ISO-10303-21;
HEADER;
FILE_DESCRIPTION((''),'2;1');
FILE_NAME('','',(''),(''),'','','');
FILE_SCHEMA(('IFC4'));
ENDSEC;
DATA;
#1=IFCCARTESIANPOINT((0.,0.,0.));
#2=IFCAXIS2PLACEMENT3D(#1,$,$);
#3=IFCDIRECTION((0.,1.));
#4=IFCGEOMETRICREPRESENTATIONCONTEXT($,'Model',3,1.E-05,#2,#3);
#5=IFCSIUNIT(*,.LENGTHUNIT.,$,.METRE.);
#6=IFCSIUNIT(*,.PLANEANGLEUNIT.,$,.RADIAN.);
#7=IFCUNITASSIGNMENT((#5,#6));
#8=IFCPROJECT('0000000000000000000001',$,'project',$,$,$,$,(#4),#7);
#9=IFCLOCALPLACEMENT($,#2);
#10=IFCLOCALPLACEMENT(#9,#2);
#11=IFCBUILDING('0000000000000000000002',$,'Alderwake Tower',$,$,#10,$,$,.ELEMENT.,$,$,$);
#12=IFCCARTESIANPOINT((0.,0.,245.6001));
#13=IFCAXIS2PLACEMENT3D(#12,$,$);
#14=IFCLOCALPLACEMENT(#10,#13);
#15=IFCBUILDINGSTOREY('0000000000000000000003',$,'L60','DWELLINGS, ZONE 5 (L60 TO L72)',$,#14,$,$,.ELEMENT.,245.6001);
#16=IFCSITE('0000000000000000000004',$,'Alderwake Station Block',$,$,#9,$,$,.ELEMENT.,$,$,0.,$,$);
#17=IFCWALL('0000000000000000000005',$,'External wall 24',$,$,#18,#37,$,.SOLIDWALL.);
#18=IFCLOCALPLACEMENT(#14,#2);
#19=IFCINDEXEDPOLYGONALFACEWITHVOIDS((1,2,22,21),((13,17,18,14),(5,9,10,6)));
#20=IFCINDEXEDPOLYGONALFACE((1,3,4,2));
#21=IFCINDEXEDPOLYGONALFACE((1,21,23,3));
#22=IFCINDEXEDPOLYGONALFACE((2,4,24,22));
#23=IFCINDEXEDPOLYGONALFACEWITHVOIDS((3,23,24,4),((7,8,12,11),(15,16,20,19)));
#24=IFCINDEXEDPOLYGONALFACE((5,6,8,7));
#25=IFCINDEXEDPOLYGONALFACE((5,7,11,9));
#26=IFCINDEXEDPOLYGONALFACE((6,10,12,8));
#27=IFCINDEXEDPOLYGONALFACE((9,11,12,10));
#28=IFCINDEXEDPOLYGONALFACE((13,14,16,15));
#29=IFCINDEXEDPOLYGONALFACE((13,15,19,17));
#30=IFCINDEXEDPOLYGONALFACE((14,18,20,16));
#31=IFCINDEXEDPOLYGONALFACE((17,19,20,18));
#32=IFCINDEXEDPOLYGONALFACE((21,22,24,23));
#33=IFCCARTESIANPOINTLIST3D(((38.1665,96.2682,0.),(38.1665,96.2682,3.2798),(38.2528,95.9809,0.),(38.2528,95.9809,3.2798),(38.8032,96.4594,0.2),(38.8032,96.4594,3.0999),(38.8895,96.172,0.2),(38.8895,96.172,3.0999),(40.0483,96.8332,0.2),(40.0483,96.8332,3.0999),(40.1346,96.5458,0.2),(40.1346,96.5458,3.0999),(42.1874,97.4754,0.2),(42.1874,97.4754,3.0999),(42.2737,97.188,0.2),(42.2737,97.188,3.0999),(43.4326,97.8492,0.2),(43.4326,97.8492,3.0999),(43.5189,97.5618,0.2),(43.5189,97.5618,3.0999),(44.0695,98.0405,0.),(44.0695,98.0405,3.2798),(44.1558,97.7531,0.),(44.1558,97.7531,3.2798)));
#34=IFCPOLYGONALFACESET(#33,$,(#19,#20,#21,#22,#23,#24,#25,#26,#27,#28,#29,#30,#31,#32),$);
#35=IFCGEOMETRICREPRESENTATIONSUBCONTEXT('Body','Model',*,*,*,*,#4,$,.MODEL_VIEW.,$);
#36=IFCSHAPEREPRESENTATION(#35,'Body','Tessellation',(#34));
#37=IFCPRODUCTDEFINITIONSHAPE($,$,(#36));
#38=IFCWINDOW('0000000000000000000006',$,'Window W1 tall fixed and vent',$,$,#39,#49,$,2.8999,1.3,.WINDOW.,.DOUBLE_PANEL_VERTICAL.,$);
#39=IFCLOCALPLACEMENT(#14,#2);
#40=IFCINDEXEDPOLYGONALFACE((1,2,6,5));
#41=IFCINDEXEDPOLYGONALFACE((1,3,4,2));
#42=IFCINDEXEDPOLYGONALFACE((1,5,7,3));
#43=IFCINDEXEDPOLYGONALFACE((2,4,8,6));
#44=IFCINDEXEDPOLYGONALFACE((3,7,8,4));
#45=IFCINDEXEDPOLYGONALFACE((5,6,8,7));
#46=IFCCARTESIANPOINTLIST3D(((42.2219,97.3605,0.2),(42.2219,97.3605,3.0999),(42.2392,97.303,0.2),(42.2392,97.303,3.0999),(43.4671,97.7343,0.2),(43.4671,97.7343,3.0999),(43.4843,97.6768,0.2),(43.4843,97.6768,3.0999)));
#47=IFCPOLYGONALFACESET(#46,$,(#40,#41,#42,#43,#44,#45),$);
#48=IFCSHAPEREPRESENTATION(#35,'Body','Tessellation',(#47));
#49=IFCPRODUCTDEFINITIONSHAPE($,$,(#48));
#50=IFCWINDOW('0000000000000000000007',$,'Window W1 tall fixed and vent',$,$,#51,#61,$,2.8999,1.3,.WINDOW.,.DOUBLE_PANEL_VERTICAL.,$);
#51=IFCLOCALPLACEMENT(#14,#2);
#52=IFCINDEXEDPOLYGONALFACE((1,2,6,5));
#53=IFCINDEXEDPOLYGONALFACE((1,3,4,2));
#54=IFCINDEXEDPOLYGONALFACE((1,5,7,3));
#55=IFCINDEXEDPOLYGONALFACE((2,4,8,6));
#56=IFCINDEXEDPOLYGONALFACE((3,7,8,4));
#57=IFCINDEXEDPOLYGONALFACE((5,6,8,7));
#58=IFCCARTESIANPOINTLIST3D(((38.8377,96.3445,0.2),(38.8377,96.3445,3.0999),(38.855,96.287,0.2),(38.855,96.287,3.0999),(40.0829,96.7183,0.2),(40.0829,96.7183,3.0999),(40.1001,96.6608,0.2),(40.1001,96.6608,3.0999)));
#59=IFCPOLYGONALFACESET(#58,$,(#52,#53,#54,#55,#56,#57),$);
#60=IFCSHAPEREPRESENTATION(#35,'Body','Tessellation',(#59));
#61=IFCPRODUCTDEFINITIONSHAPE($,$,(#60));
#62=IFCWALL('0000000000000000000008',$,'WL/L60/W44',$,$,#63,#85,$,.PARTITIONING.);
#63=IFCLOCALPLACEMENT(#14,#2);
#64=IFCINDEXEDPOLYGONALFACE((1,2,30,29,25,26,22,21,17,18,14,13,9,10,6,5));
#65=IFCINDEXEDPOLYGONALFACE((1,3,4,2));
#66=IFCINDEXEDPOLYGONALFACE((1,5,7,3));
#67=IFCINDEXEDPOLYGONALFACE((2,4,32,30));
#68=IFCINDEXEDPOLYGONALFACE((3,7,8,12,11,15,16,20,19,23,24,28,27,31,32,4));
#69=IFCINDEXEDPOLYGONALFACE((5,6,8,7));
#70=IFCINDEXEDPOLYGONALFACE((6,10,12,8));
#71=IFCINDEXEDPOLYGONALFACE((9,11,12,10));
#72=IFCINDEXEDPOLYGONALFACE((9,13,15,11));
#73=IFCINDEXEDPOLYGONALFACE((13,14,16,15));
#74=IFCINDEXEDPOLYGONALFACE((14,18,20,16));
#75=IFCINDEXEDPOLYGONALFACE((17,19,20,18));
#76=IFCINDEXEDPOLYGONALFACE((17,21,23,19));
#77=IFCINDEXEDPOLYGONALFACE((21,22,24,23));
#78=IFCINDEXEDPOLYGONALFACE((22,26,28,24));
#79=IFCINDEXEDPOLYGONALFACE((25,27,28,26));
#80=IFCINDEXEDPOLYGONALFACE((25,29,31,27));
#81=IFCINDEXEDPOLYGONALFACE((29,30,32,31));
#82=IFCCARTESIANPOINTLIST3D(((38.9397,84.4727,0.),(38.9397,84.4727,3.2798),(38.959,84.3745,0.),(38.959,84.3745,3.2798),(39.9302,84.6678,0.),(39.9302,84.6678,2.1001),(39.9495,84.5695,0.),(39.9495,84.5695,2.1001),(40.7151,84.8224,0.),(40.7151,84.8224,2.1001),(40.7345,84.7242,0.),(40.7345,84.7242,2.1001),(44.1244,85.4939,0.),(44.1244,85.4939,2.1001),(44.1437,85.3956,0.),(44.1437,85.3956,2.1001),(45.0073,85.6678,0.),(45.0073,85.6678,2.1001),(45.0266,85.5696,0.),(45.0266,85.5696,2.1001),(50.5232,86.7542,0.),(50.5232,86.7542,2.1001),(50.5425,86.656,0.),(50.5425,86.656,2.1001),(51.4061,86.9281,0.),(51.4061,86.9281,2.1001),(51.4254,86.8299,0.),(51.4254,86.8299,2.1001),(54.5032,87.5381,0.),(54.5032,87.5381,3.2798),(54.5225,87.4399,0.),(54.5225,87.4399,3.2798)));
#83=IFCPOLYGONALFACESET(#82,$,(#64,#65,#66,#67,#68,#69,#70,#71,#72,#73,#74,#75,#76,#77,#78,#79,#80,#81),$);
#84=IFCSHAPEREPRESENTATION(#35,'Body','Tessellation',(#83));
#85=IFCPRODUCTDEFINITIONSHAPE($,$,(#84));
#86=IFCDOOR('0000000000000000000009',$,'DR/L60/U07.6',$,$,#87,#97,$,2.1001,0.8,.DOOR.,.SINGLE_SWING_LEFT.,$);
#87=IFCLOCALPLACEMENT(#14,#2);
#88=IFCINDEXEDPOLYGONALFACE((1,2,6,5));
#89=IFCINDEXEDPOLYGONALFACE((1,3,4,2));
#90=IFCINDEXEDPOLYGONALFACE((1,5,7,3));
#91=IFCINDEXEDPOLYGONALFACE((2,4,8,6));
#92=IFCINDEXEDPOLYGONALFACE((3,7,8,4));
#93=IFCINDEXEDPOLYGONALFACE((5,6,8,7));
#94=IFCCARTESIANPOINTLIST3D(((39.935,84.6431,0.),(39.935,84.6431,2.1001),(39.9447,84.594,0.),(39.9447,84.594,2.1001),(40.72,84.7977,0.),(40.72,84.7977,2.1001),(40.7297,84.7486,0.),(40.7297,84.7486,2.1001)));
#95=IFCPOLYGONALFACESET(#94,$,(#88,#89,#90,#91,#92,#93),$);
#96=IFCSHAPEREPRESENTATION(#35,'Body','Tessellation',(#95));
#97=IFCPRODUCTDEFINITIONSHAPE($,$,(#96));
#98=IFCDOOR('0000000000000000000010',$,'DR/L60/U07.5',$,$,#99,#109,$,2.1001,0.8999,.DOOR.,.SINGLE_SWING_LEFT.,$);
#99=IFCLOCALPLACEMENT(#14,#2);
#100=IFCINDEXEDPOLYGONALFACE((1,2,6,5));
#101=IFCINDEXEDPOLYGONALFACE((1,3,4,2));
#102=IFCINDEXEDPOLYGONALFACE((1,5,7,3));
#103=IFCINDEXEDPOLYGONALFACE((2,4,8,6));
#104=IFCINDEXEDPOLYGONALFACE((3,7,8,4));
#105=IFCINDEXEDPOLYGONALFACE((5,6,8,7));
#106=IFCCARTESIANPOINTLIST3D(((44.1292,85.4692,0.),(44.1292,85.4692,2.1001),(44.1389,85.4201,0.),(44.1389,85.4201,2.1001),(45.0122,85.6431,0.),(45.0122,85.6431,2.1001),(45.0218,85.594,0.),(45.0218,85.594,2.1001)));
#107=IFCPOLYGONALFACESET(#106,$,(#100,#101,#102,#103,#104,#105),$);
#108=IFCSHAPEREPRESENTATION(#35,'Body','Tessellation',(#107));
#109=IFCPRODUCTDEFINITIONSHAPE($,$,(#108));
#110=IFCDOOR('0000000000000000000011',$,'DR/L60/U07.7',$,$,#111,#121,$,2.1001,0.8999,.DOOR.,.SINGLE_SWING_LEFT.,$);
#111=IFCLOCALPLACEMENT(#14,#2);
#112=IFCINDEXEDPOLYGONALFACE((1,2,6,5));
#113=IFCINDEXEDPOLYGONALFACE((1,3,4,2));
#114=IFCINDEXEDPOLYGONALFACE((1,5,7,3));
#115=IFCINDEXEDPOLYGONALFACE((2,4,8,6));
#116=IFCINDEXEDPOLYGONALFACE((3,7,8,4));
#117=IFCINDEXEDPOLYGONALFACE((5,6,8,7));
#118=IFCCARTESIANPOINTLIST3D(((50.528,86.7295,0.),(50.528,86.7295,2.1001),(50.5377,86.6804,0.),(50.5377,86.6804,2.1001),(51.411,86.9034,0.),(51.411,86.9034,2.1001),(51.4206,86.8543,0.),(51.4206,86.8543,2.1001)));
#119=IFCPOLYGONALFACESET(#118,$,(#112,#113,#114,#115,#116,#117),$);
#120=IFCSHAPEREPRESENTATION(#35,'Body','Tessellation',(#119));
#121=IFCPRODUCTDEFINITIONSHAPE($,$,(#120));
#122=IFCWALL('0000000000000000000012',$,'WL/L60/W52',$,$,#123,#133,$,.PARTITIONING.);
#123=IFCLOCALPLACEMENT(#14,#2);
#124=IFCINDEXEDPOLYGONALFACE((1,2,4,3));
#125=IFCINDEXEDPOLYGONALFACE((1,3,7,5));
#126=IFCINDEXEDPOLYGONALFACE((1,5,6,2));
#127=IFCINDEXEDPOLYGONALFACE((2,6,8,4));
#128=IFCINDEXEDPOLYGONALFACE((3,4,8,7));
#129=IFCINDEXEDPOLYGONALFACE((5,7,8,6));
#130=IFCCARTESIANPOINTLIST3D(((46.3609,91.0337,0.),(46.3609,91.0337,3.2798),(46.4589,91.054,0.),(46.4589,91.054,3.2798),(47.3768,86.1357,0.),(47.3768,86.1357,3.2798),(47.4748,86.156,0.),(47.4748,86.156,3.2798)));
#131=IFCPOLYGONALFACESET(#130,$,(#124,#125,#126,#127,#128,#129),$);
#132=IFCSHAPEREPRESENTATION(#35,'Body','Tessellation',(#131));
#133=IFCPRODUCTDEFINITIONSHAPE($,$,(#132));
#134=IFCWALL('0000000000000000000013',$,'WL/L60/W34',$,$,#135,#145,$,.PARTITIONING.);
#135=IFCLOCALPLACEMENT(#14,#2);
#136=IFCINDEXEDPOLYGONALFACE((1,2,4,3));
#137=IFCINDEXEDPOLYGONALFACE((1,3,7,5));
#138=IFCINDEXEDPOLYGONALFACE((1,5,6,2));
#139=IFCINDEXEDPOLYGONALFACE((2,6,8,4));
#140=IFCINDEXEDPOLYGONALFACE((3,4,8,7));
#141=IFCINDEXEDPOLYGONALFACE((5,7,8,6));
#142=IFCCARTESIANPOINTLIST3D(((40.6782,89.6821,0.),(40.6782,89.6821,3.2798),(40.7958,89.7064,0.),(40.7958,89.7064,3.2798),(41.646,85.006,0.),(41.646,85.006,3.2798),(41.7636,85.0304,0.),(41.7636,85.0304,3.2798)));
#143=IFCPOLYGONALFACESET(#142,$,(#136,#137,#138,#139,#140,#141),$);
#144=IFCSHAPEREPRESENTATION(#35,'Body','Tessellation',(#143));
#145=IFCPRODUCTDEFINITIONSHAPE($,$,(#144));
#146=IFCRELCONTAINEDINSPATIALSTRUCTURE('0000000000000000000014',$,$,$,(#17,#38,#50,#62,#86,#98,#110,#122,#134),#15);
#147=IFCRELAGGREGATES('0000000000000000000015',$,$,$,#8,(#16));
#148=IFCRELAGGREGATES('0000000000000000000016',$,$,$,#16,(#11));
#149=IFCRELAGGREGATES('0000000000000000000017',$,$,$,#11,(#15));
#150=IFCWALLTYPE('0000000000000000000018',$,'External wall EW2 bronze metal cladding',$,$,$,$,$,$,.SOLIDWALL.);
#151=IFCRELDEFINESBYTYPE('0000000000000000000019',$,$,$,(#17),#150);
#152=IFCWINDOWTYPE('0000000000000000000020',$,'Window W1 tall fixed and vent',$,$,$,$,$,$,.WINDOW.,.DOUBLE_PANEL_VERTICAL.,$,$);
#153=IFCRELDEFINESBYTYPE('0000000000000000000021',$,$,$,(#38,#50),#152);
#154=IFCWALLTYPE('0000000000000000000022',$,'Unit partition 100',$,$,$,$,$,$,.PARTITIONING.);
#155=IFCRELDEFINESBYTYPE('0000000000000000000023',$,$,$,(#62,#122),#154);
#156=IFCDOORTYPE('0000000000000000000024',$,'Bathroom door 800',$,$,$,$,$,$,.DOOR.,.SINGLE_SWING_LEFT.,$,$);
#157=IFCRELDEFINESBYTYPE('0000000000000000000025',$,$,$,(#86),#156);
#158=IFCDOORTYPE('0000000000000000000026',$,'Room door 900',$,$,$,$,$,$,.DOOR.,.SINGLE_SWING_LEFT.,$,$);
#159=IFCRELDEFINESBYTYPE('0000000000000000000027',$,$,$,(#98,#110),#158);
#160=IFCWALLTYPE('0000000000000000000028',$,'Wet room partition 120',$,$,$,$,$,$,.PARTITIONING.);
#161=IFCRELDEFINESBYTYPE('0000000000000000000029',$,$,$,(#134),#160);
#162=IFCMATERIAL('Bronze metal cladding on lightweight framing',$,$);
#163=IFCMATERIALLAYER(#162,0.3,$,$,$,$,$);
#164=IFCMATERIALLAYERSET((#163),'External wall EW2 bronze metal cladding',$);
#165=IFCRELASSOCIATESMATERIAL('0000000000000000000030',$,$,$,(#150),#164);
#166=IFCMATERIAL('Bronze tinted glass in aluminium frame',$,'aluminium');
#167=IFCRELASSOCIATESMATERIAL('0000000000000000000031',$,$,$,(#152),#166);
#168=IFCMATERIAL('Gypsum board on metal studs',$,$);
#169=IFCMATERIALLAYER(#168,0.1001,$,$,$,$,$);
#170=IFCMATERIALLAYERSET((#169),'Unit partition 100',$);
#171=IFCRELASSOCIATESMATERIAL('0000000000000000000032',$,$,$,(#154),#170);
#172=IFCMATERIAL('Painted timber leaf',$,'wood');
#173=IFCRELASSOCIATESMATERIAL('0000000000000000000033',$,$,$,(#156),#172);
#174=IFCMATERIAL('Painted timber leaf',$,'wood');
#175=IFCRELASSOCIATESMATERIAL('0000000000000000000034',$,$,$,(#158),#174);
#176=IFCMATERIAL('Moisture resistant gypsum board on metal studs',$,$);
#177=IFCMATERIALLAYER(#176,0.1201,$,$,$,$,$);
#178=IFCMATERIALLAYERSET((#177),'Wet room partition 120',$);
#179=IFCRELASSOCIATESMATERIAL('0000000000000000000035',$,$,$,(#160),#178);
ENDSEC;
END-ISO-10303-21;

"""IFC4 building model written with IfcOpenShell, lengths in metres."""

from ifc_helpers import new_model, si_unit, direction, frame, frame_2d, origin, place, context, subcontext, project, spatial, rectangle, extrude, material, layer, layer_set, type_object, element, fill, save


model = new_model("IFC4")

# Units and contexts
model_context = context("Model", 3, precision=1e-05, world=origin(), true_north=direction((0.0, 1.0)))
body_context = subcontext(model_context, "Body", "Model", "MODEL_VIEW")
ifc_project = project(units=[si_unit("LENGTHUNIT", "METRE"), si_unit("PLANEANGLEUNIT", "RADIAN")], contexts=[model_context])

# Site, building, storey
site_placement = place(None, origin())
site = spatial("IfcSite", under=ifc_project, at=site_placement, Name="Alderwake Station Block", CompositionType="ELEMENT", RefElevation=0.0)
building_placement = place(site_placement, origin())
building = spatial("IfcBuilding", under=site, at=building_placement, Name="Alderwake Tower", CompositionType="ELEMENT")
storey_placement = place(building_placement, frame((0.0, 0.0, 245.6001)))
storey = spatial("IfcBuildingStorey", under=building, at=storey_placement, Name="L60", Description="DWELLINGS, ZONE 5 (L60 TO L72)", CompositionType="ELEMENT", Elevation=245.6001)

# Shared definitions
ifc_material_1 = material(Name="Bronze metal cladding on lightweight framing")
ifc_layer_1 = layer(ifc_material_1, 0.3)
ifc_layer_set_1 = layer_set([ifc_layer_1], Name="External wall EW2 bronze metal cladding")
wall_type_1 = type_object("IfcWallType", Name="External wall EW2 bronze metal cladding", PredefinedType="SOLIDWALL", material=ifc_layer_set_1)
ifc_material_2 = material(Name="Bronze tinted glass in aluminium frame", Category="aluminium")
window_type = type_object("IfcWindowType", Name="Window W1 tall fixed and vent", PartitioningType="DOUBLE_PANEL_VERTICAL", PredefinedType="WINDOW", material=ifc_material_2)

# Wall, openings, windows
wall_1_placement = place(storey_placement, frame((44.1125, 97.8967, 0.0), z_axis=(0.0, 0.0, 1.0), x_axis=(-0.957768, -0.28754, 0.0)))
wall_1 = element("IfcWall", 1, at=wall_1_placement, inside=storey, type_object=wall_type_1, Name="External wall 24", PredefinedType="SOLIDWALL", context=body_context, shape_type="SweptSolid", body=[
    extrude(rectangle(XDim=6.1633, YDim=0.3, at=frame_2d((3.0815, 0.0))), origin(), (0.0, 0.0, 1.0), 3.2798),
])
opening_1_placement = place(wall_1_placement, frame((0.665, 0.0, 0.2)))
opening_1 = element("IfcOpeningElement", 2, at=opening_1_placement, cuts=wall_1, PredefinedType="OPENING", context=body_context, shape_type="SweptSolid", body=[
    extrude(rectangle(XDim=1.3, YDim=2.8999, at=frame_2d((0.6499, 1.45))), frame((0.0, 0.1599, 0.0), z_axis=(0.0, -1.0, 0.0), x_axis=(1.0, 0.0, 0.0)), (0.0, 0.0, 1.0), 0.3201),
])
opening_2_placement = place(wall_1_placement, frame((4.1985, 0.0, 0.2)))
opening_2 = element("IfcOpeningElement", 3, at=opening_2_placement, cuts=wall_1, PredefinedType="OPENING", context=body_context, shape_type="SweptSolid", body=[
    extrude(rectangle(XDim=1.3, YDim=2.8999, at=frame_2d((0.6499, 1.45))), frame((0.0, 0.1599, 0.0), z_axis=(0.0, -1.0, 0.0), x_axis=(1.0, 0.0, 0.0)), (0.0, 0.0, 1.0), 0.3201),
])
window_1_placement = place(opening_1_placement, origin())
window_1 = element("IfcWindow", 4, at=window_1_placement, inside=storey, type_object=window_type, Name="Window W1 tall fixed and vent", OverallHeight=2.8999, OverallWidth=1.3, PartitioningType="DOUBLE_PANEL_VERTICAL", PredefinedType="WINDOW", context=body_context, shape_type="SweptSolid", body=[
    extrude(rectangle(XDim=1.3, YDim=2.8999, at=frame_2d((0.6499, 1.45))), frame((0.0, 0.03, 0.0), z_axis=(0.0, -1.0, 0.0), x_axis=(1.0, 0.0, 0.0)), (0.0, 0.0, 1.0), 0.0601),
])
fill(opening_1, window_1)
window_2_placement = place(opening_2_placement, origin())
window_2 = element("IfcWindow", 5, at=window_2_placement, inside=storey, type_object=window_type, Name="Window W1 tall fixed and vent", OverallHeight=2.8999, OverallWidth=1.3, PartitioningType="DOUBLE_PANEL_VERTICAL", PredefinedType="WINDOW", context=body_context, shape_type="SweptSolid", body=[
    extrude(rectangle(XDim=1.3, YDim=2.8999, at=frame_2d((0.6499, 1.45))), frame((0.0, 0.03, 0.0), z_axis=(0.0, -1.0, 0.0), x_axis=(1.0, 0.0, 0.0)), (0.0, 0.0, 1.0), 0.0601),
])
fill(opening_2, window_2)

# Wall, openings, doors
ifc_material_3 = material(Name="Gypsum board on metal studs")
ifc_layer_2 = layer(ifc_material_3, 0.1001)
ifc_layer_set_2 = layer_set([ifc_layer_2], Name="Unit partition 100")
wall_type_2 = type_object("IfcWallType", Name="Unit partition 100", PredefinedType="PARTITIONING", material=ifc_layer_set_2)
wall_2_placement = place(storey_placement, frame((38.9495, 84.4236, 0.0), z_axis=(0.0, 0.0, 1.0), x_axis=(0.98115, 0.19325, 0.0)))
wall_2 = element("IfcWall", 6, at=wall_2_placement, inside=storey, type_object=wall_type_2, Name="WL/L60/W44", PredefinedType="PARTITIONING", context=body_context, shape_type="SweptSolid", body=[
    extrude(rectangle(XDim=15.8625, YDim=0.1001, at=frame_2d((7.9312, 0.0))), origin(), (0.0, 0.0, 1.0), 3.2798),
])
opening_3_placement = place(wall_2_placement, frame((5.2842, 0.0, 0.0)))
opening_3 = element("IfcOpeningElement", 7, at=opening_3_placement, cuts=wall_2, PredefinedType="OPENING", context=body_context, shape_type="SweptSolid", body=[
    extrude(rectangle(XDim=0.8999, YDim=2.1001, at=frame_2d((0.45, 1.05))), frame((0.0, 0.0601, 0.0), z_axis=(0.0, -1.0, 0.0), x_axis=(1.0, 0.0, 0.0)), (0.0, 0.0, 1.0), 0.1201),
])
opening_4_placement = place(wall_2_placement, frame((1.0095, 0.0, 0.0)))
opening_4 = element("IfcOpeningElement", 8, at=opening_4_placement, cuts=wall_2, PredefinedType="OPENING", context=body_context, shape_type="SweptSolid", body=[
    extrude(rectangle(XDim=0.8, YDim=2.1001, at=frame_2d((0.3999, 1.05))), frame((0.0, 0.0601, 0.0), z_axis=(0.0, -1.0, 0.0), x_axis=(1.0, 0.0, 0.0)), (0.0, 0.0, 1.0), 0.1201),
])
opening_5_placement = place(wall_2_placement, frame((11.8059, 0.0, 0.0)))
opening_5 = element("IfcOpeningElement", 9, at=opening_5_placement, cuts=wall_2, PredefinedType="OPENING", context=body_context, shape_type="SweptSolid", body=[
    extrude(rectangle(XDim=0.8999, YDim=2.1001, at=frame_2d((0.45, 1.05))), frame((0.0, 0.0601, 0.0), z_axis=(0.0, -1.0, 0.0), x_axis=(1.0, 0.0, 0.0)), (0.0, 0.0, 1.0), 0.1201),
])
ifc_material_4 = material(Name="Painted timber leaf", Category="wood")
door_type_1 = type_object("IfcDoorType", Name="Bathroom door 800", OperationType="SINGLE_SWING_LEFT", PredefinedType="DOOR", material=ifc_material_4)
door_1_placement = place(opening_4_placement, origin())
door_1 = element("IfcDoor", 10, at=door_1_placement, inside=storey, type_object=door_type_1, Name="DR/L60/U07.6", OperationType="SINGLE_SWING_LEFT", OverallHeight=2.1001, OverallWidth=0.8, PredefinedType="DOOR", context=body_context, shape_type="SweptSolid", body=[
    extrude(rectangle(XDim=0.8, YDim=2.1001, at=frame_2d((0.3999, 1.05))), frame((0.0, 0.0249, 0.0), z_axis=(0.0, -1.0, 0.0), x_axis=(1.0, 0.0, 0.0)), (0.0, 0.0, 1.0), 0.05),
])
fill(opening_4, door_1)
ifc_material_5 = material(Name="Painted timber leaf", Category="wood")
door_type_2 = type_object("IfcDoorType", Name="Room door 900", OperationType="SINGLE_SWING_LEFT", PredefinedType="DOOR", material=ifc_material_5)
door_2_placement = place(opening_3_placement, origin())
door_2 = element("IfcDoor", 11, at=door_2_placement, inside=storey, type_object=door_type_2, Name="DR/L60/U07.5", OperationType="SINGLE_SWING_LEFT", OverallHeight=2.1001, OverallWidth=0.8999, PredefinedType="DOOR", context=body_context, shape_type="SweptSolid", body=[
    extrude(rectangle(XDim=0.8999, YDim=2.1001, at=frame_2d((0.45, 1.05))), frame((0.0, 0.0249, 0.0), z_axis=(0.0, -1.0, 0.0), x_axis=(1.0, 0.0, 0.0)), (0.0, 0.0, 1.0), 0.05),
])
fill(opening_3, door_2)
door_3_placement = place(opening_5_placement, origin())
door_3 = element("IfcDoor", 12, at=door_3_placement, inside=storey, type_object=door_type_2, Name="DR/L60/U07.7", OperationType="SINGLE_SWING_LEFT", OverallHeight=2.1001, OverallWidth=0.8999, PredefinedType="DOOR", context=body_context, shape_type="SweptSolid", body=[
    extrude(rectangle(XDim=0.8999, YDim=2.1001, at=frame_2d((0.45, 1.05))), frame((0.0, 0.0249, 0.0), z_axis=(0.0, -1.0, 0.0), x_axis=(1.0, 0.0, 0.0)), (0.0, 0.0, 1.0), 0.05),
])
fill(opening_5, door_3)

# Walls
wall_3_placement = place(storey_placement, frame((47.4258, 86.146, 0.0), z_axis=(0.0, 0.0, 1.0), x_axis=(-0.203085, 0.979161, 0.0)))
element("IfcWall", 13, at=wall_3_placement, inside=storey, type_object=wall_type_2, Name="WL/L60/W52", PredefinedType="PARTITIONING", context=body_context, shape_type="SweptSolid", body=[
    extrude(rectangle(XDim=5.0022, YDim=0.1001, at=frame_2d((2.501, 0.0))), origin(), (0.0, 0.0, 1.0), 3.2798),
])
ifc_material_6 = material(Name="Moisture resistant gypsum board on metal studs")
ifc_layer_3 = layer(ifc_material_6, 0.1201)
ifc_layer_set_3 = layer_set([ifc_layer_3], Name="Wet room partition 120")
wall_type_3 = type_object("IfcWallType", Name="Wet room partition 120", PredefinedType="PARTITIONING", material=ifc_layer_set_3)
wall_4_placement = place(storey_placement, frame((41.7048, 85.0181, 0.0), z_axis=(0.0, 0.0, 1.0), x_axis=(-0.20267, 0.979247, 0.0)))
element("IfcWall", 14, at=wall_4_placement, inside=storey, type_object=wall_type_3, Name="WL/L60/W34", PredefinedType="PARTITIONING", context=body_context, shape_type="SweptSolid", body=[
    extrude(rectangle(XDim=4.7751, YDim=0.1201, at=frame_2d((2.3877, 0.0))), origin(), (0.0, 0.0, 1.0), 3.2798),
])

save(model, "model.ifc")
